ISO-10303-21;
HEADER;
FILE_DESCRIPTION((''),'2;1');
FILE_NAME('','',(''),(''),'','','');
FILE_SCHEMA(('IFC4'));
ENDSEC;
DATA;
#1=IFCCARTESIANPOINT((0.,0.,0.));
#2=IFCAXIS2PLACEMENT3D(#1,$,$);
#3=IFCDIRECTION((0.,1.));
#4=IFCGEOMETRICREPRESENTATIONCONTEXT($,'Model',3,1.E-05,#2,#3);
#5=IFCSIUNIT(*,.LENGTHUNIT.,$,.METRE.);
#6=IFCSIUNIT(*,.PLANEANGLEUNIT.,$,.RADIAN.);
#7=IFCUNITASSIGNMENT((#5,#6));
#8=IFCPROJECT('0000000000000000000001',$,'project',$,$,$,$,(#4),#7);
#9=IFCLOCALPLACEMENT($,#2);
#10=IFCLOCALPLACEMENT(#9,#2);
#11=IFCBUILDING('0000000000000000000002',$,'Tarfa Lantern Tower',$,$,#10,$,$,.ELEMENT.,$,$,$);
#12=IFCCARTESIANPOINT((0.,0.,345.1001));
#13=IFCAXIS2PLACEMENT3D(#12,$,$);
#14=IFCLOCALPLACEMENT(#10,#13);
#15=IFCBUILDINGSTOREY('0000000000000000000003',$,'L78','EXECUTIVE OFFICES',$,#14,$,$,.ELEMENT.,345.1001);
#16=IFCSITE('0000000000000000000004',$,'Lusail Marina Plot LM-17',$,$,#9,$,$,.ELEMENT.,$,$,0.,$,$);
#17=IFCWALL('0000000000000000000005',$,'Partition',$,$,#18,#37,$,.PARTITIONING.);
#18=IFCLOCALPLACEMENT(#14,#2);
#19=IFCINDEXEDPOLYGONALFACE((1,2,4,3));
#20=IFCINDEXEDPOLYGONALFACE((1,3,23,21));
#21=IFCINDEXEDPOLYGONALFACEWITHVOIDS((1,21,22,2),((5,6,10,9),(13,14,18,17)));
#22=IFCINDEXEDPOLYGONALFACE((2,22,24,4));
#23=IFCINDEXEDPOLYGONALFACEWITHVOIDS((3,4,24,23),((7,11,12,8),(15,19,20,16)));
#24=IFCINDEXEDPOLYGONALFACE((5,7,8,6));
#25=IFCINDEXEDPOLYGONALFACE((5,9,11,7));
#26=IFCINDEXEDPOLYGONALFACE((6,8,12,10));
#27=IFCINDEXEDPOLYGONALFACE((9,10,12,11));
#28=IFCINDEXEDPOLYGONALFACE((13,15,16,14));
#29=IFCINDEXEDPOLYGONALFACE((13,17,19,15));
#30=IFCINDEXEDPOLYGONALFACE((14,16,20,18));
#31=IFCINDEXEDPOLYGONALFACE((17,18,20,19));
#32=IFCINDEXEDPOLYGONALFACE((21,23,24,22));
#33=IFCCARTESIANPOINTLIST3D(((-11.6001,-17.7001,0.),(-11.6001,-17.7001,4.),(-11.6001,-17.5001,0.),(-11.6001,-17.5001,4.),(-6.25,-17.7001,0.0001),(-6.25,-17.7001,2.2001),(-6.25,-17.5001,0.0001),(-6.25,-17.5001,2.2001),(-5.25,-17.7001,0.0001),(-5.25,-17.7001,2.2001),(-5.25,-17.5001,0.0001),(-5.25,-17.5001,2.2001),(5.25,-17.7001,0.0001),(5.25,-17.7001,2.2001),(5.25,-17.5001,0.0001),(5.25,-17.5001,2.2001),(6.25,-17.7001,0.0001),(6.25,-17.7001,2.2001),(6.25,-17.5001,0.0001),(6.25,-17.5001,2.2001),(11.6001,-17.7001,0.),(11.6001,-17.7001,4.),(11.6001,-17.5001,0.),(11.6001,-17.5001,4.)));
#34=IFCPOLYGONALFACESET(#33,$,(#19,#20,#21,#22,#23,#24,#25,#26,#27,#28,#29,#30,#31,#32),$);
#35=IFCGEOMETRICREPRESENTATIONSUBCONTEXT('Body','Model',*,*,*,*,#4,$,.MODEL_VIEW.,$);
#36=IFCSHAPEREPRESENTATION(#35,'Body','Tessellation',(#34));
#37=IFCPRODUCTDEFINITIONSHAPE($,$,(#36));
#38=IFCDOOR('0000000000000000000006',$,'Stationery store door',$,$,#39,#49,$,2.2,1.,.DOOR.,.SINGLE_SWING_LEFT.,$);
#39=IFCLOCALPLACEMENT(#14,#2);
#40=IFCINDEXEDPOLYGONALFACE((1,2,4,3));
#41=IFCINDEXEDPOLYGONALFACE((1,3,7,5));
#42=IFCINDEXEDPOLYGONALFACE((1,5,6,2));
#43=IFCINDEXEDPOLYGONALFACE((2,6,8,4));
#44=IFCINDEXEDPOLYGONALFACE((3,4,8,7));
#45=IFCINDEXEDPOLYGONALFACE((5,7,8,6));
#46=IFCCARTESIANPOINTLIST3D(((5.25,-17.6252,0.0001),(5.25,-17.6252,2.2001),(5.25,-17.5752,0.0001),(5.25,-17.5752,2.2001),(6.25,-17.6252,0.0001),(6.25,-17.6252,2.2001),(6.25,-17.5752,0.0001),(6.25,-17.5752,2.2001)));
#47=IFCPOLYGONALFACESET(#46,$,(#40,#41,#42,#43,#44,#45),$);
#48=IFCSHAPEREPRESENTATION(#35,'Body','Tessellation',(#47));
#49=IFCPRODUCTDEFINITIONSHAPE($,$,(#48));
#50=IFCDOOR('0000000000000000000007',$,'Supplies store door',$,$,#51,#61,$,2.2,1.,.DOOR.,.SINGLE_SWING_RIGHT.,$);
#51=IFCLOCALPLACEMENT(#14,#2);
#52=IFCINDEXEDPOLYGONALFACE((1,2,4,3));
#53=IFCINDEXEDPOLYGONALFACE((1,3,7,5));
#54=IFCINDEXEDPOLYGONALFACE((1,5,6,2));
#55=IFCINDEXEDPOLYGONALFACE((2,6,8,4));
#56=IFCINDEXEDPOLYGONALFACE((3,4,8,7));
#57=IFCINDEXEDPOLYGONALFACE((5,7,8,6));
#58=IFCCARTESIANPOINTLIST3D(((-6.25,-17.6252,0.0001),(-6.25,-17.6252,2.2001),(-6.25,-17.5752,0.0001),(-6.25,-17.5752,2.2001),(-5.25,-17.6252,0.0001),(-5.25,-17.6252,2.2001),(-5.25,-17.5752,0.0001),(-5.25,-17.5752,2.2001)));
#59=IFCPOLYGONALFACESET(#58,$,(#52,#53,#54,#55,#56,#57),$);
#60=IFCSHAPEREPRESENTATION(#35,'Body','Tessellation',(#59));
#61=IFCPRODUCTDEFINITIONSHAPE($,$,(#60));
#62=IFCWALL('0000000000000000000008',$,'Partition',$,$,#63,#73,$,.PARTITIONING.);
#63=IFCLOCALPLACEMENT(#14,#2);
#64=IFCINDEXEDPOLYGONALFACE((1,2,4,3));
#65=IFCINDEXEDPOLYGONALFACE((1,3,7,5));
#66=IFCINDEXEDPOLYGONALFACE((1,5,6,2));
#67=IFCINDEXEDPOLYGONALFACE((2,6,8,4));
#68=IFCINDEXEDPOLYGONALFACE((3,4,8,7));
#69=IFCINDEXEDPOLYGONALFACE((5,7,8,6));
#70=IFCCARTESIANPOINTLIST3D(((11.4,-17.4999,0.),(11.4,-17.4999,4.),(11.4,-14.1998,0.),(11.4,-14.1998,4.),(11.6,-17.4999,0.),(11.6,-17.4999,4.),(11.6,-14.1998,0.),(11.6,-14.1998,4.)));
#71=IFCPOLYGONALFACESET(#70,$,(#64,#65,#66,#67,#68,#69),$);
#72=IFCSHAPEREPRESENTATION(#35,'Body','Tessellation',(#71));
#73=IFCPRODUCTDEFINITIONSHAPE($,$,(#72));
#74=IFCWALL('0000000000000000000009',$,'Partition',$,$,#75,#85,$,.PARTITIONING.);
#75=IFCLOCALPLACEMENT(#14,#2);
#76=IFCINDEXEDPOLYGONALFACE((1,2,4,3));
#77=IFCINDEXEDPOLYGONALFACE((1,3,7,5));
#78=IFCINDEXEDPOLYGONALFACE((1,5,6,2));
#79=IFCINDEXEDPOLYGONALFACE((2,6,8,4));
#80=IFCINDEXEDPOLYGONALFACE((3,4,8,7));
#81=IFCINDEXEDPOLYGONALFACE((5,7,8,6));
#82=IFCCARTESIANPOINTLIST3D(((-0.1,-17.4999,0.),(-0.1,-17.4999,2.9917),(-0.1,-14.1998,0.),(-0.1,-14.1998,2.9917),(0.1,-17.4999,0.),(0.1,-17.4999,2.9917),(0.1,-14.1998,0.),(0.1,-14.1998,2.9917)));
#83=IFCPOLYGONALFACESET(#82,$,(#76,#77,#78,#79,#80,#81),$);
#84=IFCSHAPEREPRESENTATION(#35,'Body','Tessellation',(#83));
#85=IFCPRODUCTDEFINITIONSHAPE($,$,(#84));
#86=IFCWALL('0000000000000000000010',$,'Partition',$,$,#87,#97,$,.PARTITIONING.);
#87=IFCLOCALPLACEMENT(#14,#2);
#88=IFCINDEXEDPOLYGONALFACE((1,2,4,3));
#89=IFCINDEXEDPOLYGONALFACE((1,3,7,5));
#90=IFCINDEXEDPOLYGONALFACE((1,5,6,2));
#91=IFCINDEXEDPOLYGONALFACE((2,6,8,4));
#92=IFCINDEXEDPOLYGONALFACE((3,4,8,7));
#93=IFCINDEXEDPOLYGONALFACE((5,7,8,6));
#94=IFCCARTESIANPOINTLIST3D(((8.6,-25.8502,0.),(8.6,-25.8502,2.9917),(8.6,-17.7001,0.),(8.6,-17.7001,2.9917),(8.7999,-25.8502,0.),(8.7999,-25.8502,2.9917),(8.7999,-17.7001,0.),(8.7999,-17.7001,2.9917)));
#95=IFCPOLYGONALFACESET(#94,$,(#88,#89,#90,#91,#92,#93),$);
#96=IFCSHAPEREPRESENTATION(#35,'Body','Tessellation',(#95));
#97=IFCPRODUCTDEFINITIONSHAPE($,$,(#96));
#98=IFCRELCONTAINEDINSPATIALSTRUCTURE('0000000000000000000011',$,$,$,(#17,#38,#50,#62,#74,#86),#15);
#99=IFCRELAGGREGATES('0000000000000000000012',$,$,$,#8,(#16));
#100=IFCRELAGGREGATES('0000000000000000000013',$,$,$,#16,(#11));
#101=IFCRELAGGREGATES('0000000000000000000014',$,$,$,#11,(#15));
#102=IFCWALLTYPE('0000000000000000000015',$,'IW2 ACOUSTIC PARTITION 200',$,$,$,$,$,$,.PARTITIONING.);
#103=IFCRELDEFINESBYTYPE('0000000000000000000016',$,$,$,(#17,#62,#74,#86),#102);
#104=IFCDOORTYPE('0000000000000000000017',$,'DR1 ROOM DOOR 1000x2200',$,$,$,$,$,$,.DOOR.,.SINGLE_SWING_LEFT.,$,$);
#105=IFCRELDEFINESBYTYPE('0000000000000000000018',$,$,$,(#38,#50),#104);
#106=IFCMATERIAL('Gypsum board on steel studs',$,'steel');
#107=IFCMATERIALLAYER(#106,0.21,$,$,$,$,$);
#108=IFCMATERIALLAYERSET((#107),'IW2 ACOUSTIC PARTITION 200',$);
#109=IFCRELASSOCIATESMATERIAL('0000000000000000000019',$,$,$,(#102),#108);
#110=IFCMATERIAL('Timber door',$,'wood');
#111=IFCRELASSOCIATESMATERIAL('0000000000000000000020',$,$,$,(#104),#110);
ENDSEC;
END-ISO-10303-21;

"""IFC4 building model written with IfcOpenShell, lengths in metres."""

from ifc_helpers import new_model, si_unit, direction, frame, frame_2d, origin, place, context, subcontext, project, spatial, rectangle, extrude, material, layer, layer_set, type_object, element, fill, save


model = new_model("IFC4")

# Units and contexts
model_context = context("Model", 3, precision=1e-05, world=origin(), true_north=direction((0.0, 1.0)))
body_context = subcontext(model_context, "Body", "Model", "MODEL_VIEW")
ifc_project = project(units=[si_unit("LENGTHUNIT", "METRE"), si_unit("PLANEANGLEUNIT", "RADIAN")], contexts=[model_context])

# Site, building, storey
site_placement = place(None, origin())
site = spatial("IfcSite", under=ifc_project, at=site_placement, Name="Lusail Marina Plot LM-17", CompositionType="ELEMENT", RefElevation=0.0)
building_placement = place(site_placement, origin())
building = spatial("IfcBuilding", under=site, at=building_placement, Name="Tarfa Lantern Tower", CompositionType="ELEMENT")
storey_placement = place(building_placement, frame((0.0, 0.0, 345.1001)))
storey = spatial("IfcBuildingStorey", under=building, at=storey_placement, Name="L78", Description="EXECUTIVE OFFICES", CompositionType="ELEMENT", Elevation=345.1001)

# Wall, openings, doors
ifc_material_1 = material(Name="Gypsum board on steel studs", Category="steel")
ifc_layer_1 = layer(ifc_material_1, 0.21)
ifc_layer_set_1 = layer_set([ifc_layer_1], Name="IW2 ACOUSTIC PARTITION 200")
wall_type = type_object("IfcWallType", Name="IW2 ACOUSTIC PARTITION 200", PredefinedType="PARTITIONING", material=ifc_layer_set_1)
wall_1_placement = place(storey_placement, frame((11.6001, -17.6001, 0.0), z_axis=(0.0, 0.0, 1.0), x_axis=(-1.0, 0.0, 0.0)))
wall_1 = element("IfcWall", 1, at=wall_1_placement, inside=storey, type_object=wall_type, Name="Partition", PredefinedType="PARTITIONING", context=body_context, shape_type="SweptSolid", body=[
    extrude(rectangle(XDim=23.2002, YDim=0.2, at=frame_2d((11.6001, 0.0))), origin(), (0.0, 0.0, 1.0), 4.0),
])
opening_1_placement = place(wall_1_placement, frame((5.3501, 0.0, 0.0)))
opening_1 = element("IfcOpeningElement", 2, at=opening_1_placement, cuts=wall_1, PredefinedType="OPENING", context=body_context, shape_type="SweptSolid", body=[
    extrude(rectangle(XDim=1.0, YDim=2.2, at=frame_2d((0.5, 1.1001))), frame((0.0, 0.1099, 0.0), z_axis=(0.0, -1.0, 0.0), x_axis=(1.0, 0.0, 0.0)), (0.0, 0.0, 1.0), 0.22),
])
opening_2_placement = place(wall_1_placement, frame((16.8501, 0.0, 0.0)))
opening_2 = element("IfcOpeningElement", 3, at=opening_2_placement, cuts=wall_1, PredefinedType="OPENING", context=body_context, shape_type="SweptSolid", body=[
    extrude(rectangle(XDim=1.0, YDim=2.2, at=frame_2d((0.5, 1.1001))), frame((0.0, 0.1099, 0.0), z_axis=(0.0, -1.0, 0.0), x_axis=(1.0, 0.0, 0.0)), (0.0, 0.0, 1.0), 0.22),
])
ifc_material_2 = material(Name="Timber door", Category="wood")
door_type = type_object("IfcDoorType", Name="DR1 ROOM DOOR 1000x2200", OperationType="SINGLE_SWING_LEFT", PredefinedType="DOOR", material=ifc_material_2)
door_1_placement = place(opening_1_placement, frame((1.0, 0.0, 0.0), z_axis=(0.0, 0.0, 1.0), x_axis=(-1.0, 0.0, 0.0)))
door_1 = element("IfcDoor", 4, at=door_1_placement, inside=storey, type_object=door_type, Name="Stationery store door", OperationType="SINGLE_SWING_LEFT", OverallHeight=2.2, OverallWidth=1.0, PredefinedType="DOOR", context=body_context, shape_type="SweptSolid", body=[
    extrude(rectangle(XDim=1.0, YDim=2.2, at=frame_2d((0.5, 1.1001))), frame((0.0, 0.0249, 0.0), z_axis=(0.0, -1.0, 0.0), x_axis=(1.0, 0.0, 0.0)), (0.0, 0.0, 1.0), 0.05),
])
fill(opening_1, door_1)
door_2_placement = place(opening_2_placement, frame((1.0, 0.0, 0.0), z_axis=(0.0, 0.0, 1.0), x_axis=(-1.0, 0.0, 0.0)))
door_2 = element("IfcDoor", 5, at=door_2_placement, inside=storey, type_object=door_type, Name="Supplies store door", OperationType="SINGLE_SWING_RIGHT", OverallHeight=2.2, OverallWidth=1.0, PredefinedType="DOOR", context=body_context, shape_type="SweptSolid", body=[
    extrude(rectangle(XDim=1.0, YDim=2.2, at=frame_2d((0.5, 1.1001))), frame((0.0, 0.0249, 0.0), z_axis=(0.0, -1.0, 0.0), x_axis=(1.0, 0.0, 0.0)), (0.0, 0.0, 1.0), 0.05),
])
fill(opening_2, door_2)

# Walls
wall_2_placement = place(storey_placement, frame((11.5, -14.2, 0.0), z_axis=(0.0, 0.0, 1.0), x_axis=(0.0, -1.0, 0.0)))
element("IfcWall", 6, at=wall_2_placement, inside=storey, type_object=wall_type, Name="Partition", PredefinedType="PARTITIONING", context=body_context, shape_type="SweptSolid", body=[
    extrude(rectangle(XDim=3.3, YDim=0.2, at=frame_2d((1.6499, 0.0))), origin(), (0.0, 0.0, 1.0), 4.0),
])
wall_3_placement = place(storey_placement, frame((0.0, -14.2, 0.0), z_axis=(0.0, 0.0, 1.0), x_axis=(0.0, -1.0, 0.0)))
element("IfcWall", 7, at=wall_3_placement, inside=storey, type_object=wall_type, Name="Partition", PredefinedType="PARTITIONING", context=body_context, shape_type="SweptSolid", body=[
    extrude(rectangle(XDim=3.3, YDim=0.2, at=frame_2d((1.6499, 0.0))), origin(), (0.0, 0.0, 1.0), 2.9917),
])
wall_4_placement = place(storey_placement, frame((8.7, -17.7, 0.0), z_axis=(0.0, 0.0, 1.0), x_axis=(0.0, -1.0, 0.0)))
element("IfcWall", 8, at=wall_4_placement, inside=storey, type_object=wall_type, Name="Partition", PredefinedType="PARTITIONING", context=body_context, shape_type="SweptSolid", body=[
    extrude(rectangle(XDim=8.1501, YDim=0.2, at=frame_2d((4.0752, 0.0))), origin(), (0.0, 0.0, 1.0), 2.9917),
])

save(model, "model.ifc")
